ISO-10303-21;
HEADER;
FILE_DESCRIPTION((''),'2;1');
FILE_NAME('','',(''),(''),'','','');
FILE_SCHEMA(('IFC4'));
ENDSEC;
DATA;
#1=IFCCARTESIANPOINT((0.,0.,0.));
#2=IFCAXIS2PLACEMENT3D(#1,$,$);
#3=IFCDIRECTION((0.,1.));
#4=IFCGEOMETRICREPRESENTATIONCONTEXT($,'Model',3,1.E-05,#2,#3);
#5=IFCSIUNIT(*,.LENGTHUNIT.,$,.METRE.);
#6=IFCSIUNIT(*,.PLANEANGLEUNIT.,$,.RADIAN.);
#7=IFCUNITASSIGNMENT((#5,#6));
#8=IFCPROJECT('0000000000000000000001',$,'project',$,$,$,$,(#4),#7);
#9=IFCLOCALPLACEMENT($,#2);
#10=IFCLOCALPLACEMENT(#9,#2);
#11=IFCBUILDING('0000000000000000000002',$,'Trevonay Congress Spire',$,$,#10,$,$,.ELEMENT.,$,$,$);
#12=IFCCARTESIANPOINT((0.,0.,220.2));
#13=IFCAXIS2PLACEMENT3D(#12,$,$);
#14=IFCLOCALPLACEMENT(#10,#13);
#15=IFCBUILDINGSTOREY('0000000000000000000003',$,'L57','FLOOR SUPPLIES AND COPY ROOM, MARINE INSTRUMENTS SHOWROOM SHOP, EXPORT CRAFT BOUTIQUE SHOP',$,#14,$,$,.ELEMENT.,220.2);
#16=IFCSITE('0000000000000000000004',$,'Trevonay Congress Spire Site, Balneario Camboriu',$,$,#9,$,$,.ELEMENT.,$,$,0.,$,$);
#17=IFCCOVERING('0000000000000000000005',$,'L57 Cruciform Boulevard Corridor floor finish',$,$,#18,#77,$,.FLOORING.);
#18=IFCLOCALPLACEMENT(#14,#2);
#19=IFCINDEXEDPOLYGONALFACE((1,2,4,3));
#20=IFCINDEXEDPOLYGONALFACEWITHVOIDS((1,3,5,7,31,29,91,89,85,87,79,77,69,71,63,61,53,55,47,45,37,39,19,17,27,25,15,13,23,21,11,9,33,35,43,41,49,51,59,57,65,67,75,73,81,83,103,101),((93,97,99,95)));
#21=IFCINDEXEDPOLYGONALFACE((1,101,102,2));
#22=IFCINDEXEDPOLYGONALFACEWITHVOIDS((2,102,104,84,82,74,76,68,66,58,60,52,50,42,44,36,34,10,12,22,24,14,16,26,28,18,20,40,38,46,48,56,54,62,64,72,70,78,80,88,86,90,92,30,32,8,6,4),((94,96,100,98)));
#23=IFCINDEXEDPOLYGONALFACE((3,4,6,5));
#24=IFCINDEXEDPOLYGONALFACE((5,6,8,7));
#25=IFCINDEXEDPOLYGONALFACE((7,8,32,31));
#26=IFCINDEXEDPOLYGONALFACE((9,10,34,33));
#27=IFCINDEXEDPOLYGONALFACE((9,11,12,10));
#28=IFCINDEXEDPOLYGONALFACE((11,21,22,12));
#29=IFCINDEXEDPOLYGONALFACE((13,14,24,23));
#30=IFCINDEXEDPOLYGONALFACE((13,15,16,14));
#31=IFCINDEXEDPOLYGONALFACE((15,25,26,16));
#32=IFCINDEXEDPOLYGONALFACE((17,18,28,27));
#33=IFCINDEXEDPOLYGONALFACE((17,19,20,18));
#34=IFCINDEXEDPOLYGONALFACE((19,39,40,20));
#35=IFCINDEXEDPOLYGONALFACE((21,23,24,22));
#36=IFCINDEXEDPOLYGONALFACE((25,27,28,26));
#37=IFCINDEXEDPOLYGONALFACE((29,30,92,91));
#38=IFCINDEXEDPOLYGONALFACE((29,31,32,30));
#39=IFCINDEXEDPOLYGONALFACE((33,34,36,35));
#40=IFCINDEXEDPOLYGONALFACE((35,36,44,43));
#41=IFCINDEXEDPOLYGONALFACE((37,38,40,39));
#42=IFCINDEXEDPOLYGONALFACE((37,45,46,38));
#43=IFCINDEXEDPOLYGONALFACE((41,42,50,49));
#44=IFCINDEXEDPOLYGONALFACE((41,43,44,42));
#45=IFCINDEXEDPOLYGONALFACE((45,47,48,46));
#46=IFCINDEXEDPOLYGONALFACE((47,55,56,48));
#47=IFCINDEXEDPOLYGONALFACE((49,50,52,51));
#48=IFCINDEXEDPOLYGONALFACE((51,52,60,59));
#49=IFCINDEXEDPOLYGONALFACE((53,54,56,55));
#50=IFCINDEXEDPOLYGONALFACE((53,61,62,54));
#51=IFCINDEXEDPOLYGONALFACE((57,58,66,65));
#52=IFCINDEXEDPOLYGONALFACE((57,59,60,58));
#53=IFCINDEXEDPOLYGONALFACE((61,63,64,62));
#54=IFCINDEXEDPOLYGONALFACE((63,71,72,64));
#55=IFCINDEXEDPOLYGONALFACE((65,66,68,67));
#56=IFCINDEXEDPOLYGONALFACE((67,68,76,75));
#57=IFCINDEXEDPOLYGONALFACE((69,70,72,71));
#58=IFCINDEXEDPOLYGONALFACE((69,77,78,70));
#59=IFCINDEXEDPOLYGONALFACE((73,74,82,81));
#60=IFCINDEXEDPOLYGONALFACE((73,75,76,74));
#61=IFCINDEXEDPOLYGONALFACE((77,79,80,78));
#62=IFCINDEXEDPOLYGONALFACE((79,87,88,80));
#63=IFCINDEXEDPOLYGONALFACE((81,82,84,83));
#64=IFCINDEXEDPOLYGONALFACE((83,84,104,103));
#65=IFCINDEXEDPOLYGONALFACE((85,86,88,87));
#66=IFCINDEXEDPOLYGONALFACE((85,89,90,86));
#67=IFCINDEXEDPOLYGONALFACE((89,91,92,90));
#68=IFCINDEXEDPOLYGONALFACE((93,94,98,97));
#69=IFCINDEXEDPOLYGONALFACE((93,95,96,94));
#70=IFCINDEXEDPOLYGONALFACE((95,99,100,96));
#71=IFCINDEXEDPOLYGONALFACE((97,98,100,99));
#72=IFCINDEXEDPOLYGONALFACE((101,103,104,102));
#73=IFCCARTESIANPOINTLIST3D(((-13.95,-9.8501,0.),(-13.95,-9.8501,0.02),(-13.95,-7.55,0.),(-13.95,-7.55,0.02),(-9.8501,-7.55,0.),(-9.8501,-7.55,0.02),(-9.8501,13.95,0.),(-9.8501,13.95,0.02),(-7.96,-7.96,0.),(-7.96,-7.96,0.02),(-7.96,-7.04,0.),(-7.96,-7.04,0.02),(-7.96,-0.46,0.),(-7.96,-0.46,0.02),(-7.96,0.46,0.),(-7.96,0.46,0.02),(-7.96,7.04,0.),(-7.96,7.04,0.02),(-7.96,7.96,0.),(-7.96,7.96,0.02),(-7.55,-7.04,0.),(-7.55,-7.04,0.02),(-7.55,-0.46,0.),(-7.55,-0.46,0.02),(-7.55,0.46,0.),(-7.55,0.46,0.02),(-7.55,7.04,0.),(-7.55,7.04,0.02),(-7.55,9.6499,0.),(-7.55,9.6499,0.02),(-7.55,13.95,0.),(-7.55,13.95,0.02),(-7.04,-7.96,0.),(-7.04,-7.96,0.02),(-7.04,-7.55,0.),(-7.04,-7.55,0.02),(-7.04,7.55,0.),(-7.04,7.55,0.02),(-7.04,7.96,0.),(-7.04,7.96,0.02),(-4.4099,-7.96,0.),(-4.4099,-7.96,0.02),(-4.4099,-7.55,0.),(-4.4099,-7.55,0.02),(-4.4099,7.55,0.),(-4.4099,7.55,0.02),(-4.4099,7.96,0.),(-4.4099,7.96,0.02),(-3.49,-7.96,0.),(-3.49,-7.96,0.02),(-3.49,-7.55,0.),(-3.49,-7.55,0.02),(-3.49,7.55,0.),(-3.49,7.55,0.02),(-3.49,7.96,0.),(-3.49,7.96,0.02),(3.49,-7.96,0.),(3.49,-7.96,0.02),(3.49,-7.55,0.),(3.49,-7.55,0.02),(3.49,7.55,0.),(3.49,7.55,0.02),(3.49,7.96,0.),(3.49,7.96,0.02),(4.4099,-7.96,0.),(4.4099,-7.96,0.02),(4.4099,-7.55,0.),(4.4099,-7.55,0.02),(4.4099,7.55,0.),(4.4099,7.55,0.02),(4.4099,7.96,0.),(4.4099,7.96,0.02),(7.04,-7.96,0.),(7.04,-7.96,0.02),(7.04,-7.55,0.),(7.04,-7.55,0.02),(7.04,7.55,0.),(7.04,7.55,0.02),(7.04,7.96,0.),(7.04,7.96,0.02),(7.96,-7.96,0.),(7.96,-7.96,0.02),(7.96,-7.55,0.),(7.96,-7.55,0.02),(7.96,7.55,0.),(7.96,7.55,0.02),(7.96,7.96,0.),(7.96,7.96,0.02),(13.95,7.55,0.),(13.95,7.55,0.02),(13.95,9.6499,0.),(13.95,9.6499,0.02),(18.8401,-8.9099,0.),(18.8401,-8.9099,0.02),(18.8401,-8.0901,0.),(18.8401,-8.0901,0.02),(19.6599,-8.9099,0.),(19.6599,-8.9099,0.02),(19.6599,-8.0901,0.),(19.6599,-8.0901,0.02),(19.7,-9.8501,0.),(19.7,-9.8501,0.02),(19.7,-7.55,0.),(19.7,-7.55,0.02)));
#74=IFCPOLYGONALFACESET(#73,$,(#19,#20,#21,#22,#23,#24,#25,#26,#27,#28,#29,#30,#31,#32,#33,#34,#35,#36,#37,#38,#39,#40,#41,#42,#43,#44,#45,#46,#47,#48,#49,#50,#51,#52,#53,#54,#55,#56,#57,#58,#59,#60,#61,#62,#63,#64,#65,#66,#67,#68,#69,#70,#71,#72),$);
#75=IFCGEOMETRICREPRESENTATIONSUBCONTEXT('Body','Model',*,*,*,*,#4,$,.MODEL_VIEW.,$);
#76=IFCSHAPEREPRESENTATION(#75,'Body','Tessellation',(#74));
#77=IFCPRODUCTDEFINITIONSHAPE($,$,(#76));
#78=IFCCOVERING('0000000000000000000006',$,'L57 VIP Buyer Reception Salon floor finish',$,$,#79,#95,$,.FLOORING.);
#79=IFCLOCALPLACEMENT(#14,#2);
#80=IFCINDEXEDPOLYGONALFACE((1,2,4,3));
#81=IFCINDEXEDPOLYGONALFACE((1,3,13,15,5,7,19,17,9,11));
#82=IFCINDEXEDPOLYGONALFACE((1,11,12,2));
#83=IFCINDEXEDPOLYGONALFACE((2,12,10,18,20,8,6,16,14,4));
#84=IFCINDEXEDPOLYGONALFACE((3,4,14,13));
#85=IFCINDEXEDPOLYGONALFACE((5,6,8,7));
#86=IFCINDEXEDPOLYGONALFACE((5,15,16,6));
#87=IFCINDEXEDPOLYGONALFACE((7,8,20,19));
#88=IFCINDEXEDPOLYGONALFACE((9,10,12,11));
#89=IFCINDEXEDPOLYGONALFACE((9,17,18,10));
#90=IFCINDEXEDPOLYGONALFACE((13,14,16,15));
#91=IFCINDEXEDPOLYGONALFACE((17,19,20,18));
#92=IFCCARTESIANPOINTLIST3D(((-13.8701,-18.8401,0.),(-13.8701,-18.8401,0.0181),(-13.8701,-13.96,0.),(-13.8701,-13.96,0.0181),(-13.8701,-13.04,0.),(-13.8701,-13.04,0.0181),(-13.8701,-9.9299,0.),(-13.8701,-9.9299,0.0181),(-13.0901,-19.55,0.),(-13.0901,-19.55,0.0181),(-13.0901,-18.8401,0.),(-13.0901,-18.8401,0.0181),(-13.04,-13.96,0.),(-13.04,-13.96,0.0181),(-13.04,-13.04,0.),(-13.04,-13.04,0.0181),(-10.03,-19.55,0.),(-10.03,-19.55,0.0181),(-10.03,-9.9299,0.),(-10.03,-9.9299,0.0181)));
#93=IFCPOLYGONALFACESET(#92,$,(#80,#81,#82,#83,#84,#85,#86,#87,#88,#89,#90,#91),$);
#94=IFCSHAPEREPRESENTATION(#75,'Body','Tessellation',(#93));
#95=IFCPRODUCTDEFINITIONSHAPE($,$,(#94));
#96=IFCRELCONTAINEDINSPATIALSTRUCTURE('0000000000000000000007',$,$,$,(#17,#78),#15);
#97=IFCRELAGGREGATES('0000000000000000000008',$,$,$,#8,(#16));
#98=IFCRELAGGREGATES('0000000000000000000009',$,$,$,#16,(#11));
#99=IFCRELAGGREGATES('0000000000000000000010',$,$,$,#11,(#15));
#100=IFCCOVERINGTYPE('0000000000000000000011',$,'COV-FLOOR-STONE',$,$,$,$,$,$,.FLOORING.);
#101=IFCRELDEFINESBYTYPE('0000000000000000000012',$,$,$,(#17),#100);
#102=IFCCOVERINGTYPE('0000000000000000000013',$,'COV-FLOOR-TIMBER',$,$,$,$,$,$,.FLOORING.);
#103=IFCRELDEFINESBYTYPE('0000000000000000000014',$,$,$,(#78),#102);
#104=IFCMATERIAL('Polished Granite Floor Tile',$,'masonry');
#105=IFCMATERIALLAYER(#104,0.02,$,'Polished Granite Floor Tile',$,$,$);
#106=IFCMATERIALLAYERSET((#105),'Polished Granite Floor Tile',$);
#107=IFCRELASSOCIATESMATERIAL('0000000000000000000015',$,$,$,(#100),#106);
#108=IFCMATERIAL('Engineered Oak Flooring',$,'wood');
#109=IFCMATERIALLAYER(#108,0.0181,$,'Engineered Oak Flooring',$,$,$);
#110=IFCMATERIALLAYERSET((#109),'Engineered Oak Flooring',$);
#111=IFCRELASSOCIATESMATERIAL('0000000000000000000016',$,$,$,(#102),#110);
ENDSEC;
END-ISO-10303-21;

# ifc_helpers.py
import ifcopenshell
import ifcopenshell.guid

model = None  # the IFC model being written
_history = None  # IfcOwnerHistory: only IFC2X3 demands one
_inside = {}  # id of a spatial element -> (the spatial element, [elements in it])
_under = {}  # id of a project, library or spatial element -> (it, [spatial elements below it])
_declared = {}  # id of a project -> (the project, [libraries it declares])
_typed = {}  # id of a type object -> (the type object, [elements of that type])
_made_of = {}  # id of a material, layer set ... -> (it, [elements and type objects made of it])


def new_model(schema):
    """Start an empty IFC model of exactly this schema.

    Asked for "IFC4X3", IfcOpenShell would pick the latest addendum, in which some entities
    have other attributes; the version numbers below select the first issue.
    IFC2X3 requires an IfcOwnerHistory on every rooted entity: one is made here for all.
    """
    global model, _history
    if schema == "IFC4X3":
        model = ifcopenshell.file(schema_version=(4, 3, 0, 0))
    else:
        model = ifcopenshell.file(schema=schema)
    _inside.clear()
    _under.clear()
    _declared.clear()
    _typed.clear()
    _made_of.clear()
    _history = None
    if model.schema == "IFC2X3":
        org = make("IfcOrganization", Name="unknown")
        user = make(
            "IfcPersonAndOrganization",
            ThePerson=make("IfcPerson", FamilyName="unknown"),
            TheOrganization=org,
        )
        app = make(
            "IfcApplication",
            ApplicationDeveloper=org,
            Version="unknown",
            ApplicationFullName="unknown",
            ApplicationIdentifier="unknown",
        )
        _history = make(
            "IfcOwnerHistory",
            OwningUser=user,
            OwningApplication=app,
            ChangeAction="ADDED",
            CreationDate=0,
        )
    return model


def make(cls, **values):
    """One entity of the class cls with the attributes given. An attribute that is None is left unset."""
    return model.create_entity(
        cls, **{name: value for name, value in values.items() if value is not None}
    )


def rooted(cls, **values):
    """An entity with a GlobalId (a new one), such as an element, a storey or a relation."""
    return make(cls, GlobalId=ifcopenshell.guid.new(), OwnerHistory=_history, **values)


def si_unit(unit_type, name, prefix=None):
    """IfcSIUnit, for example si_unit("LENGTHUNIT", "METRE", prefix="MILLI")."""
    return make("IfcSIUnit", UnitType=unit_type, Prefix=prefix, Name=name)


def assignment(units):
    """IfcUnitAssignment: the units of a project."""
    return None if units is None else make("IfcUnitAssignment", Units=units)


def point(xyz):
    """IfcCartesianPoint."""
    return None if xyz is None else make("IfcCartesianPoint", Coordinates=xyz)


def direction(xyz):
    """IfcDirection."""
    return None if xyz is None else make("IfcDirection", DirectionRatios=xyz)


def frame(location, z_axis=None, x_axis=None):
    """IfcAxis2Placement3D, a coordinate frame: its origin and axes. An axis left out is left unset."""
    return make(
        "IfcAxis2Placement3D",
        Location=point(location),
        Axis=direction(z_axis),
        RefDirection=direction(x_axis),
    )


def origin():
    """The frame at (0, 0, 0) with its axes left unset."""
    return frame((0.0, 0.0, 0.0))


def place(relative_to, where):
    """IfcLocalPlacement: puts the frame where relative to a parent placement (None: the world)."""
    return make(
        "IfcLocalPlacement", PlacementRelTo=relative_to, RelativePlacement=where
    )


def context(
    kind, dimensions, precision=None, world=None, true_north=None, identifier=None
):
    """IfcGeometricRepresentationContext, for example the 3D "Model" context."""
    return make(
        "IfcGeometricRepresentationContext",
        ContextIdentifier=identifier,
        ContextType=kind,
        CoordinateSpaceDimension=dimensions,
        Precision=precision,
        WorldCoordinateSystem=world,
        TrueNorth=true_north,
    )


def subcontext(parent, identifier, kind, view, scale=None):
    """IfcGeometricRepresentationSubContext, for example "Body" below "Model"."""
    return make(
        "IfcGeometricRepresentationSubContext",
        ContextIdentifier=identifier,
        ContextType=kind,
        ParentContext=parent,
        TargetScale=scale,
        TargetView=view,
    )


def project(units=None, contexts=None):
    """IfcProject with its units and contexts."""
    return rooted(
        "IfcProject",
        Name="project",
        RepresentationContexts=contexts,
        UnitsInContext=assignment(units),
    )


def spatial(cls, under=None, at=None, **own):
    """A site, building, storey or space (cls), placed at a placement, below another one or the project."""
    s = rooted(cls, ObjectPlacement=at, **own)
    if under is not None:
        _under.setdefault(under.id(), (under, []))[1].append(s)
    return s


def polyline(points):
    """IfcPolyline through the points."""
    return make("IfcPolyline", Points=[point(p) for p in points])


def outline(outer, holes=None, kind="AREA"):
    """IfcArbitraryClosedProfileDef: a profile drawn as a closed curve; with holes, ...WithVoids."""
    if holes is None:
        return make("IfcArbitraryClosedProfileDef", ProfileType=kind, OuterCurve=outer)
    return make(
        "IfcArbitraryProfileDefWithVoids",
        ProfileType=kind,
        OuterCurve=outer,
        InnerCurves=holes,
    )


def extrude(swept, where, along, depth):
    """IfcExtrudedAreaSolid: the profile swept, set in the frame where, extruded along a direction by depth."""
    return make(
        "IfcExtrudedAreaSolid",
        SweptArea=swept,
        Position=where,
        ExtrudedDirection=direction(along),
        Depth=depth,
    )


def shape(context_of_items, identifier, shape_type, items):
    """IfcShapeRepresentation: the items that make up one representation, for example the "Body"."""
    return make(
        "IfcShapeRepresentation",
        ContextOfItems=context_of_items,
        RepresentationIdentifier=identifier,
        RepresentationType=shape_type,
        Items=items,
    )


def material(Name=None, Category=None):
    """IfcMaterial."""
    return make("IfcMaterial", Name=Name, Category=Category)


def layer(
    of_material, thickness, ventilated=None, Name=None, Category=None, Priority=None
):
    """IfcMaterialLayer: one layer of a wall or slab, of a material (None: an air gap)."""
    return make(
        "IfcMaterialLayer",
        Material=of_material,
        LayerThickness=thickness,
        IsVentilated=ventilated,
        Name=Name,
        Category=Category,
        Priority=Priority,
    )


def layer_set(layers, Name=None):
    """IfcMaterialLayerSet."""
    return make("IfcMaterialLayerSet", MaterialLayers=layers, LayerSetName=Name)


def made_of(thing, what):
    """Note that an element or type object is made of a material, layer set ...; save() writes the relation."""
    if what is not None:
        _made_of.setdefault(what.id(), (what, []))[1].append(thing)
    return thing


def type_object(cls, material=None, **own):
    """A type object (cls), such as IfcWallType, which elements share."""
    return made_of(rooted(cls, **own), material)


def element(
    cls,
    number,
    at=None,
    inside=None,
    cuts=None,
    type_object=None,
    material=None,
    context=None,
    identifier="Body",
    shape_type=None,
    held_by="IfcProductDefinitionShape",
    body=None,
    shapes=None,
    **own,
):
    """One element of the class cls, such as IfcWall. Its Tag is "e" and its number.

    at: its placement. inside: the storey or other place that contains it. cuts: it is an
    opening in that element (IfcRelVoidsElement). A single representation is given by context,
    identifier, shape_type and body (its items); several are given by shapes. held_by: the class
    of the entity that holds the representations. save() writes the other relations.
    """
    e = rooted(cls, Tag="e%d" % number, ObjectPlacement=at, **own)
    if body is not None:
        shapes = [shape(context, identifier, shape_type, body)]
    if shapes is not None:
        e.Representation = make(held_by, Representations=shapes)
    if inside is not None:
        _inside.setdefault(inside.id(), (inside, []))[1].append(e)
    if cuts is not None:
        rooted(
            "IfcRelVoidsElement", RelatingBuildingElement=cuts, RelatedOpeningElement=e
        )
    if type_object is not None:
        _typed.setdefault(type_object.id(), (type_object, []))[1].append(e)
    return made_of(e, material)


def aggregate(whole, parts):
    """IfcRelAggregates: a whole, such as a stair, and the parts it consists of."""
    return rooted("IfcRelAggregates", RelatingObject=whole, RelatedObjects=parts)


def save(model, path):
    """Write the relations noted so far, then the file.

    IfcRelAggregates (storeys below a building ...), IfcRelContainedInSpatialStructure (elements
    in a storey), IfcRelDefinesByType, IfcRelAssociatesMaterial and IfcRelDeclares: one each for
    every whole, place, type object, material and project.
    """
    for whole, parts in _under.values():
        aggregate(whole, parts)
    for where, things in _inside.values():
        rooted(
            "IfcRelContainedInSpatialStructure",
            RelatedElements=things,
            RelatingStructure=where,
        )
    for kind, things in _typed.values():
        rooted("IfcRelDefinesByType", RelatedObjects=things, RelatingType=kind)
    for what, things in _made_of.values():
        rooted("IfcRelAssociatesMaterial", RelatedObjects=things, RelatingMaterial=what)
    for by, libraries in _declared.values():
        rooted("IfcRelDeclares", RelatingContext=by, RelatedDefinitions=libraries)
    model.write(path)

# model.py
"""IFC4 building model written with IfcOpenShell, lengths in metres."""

from ifc_helpers import new_model, si_unit, direction, frame, origin, place, context, subcontext, project, spatial, polyline, outline, extrude, material, layer, layer_set, type_object, element, save


model = new_model("IFC4")

# Units and contexts
model_context = context("Model", 3, precision=1e-05, world=origin(), true_north=direction((0.0, 1.0)))
body_context = subcontext(model_context, "Body", "Model", "MODEL_VIEW")
ifc_project = project(units=[si_unit("LENGTHUNIT", "METRE"), si_unit("PLANEANGLEUNIT", "RADIAN")], contexts=[model_context])

# Site, building, storey
site_placement = place(None, origin())
site = spatial("IfcSite", under=ifc_project, at=site_placement, Name="Trevonay Congress Spire Site, Balneario Camboriu", CompositionType="ELEMENT", RefElevation=0.0)
building_placement = place(site_placement, origin())
building = spatial("IfcBuilding", under=site, at=building_placement, Name="Trevonay Congress Spire", CompositionType="ELEMENT")
storey_placement = place(building_placement, frame((0.0, 0.0, 220.2)))
storey = spatial("IfcBuildingStorey", under=building, at=storey_placement, Name="L57", Description="FLOOR SUPPLIES AND COPY ROOM, MARINE INSTRUMENTS SHOWROOM SHOP, EXPORT CRAFT BOUTIQUE SHOP", CompositionType="ELEMENT", Elevation=220.2)

# Coverings
ifc_material_1 = material(Name="Polished Granite Floor Tile", Category="masonry")
ifc_layer_1 = layer(ifc_material_1, 0.02, Name="Polished Granite Floor Tile")
ifc_layer_set_1 = layer_set([ifc_layer_1], Name="Polished Granite Floor Tile")
covering_type_1 = type_object("IfcCoveringType", Name="COV-FLOOR-STONE", PredefinedType="FLOORING", material=ifc_layer_set_1)
covering_1_placement = place(storey_placement, origin())
element("IfcCovering", 1, at=covering_1_placement, inside=storey, type_object=covering_type_1, Name="L57 Cruciform Boulevard Corridor floor finish", PredefinedType="FLOORING", context=body_context, shape_type="SweptSolid", body=[
    extrude(outline(polyline([(19.7, -7.55), (19.7, -9.8501), (-13.95, -9.8501), (-13.95, -7.55), (-9.8501, -7.55), (-9.8501, 13.95), (-7.55, 13.95), (-7.55, 9.6499), (13.95, 9.6499), (13.95, 7.55), (7.96, 7.55), (7.96, 7.96), (7.04, 7.96), (7.04, 7.55), (4.4099, 7.55), (4.4099, 7.96), (3.49, 7.96), (3.49, 7.55), (-3.49, 7.55), (-3.49, 7.96), (-4.4099, 7.96), (-4.4099, 7.55), (-7.04, 7.55), (-7.04, 7.96), (-7.96, 7.96), (-7.96, 7.04), (-7.55, 7.04), (-7.55, 0.46), (-7.96, 0.46), (-7.96, -0.46), (-7.55, -0.46), (-7.55, -7.04), (-7.96, -7.04), (-7.96, -7.96), (-7.04, -7.96), (-7.04, -7.55), (-4.4099, -7.55), (-4.4099, -7.96), (-3.49, -7.96), (-3.49, -7.55), (3.49, -7.55), (3.49, -7.96), (4.4099, -7.96), (4.4099, -7.55), (7.04, -7.55), (7.04, -7.96), (7.96, -7.96), (7.96, -7.55), (19.7, -7.55)]), holes=[polyline([(19.6599, -8.0901), (18.8401, -8.0901), (18.8401, -8.9099), (19.6599, -8.9099), (19.6599, -8.0901)])]), origin(), (0.0, 0.0, 1.0), 0.02),
])
ifc_material_2 = material(Name="Engineered Oak Flooring", Category="wood")
ifc_layer_2 = layer(ifc_material_2, 0.0181, Name="Engineered Oak Flooring")
ifc_layer_set_2 = layer_set([ifc_layer_2], Name="Engineered Oak Flooring")
covering_type_2 = type_object("IfcCoveringType", Name="COV-FLOOR-TIMBER", PredefinedType="FLOORING", material=ifc_layer_set_2)
covering_2_placement = place(storey_placement, origin())
element("IfcCovering", 2, at=covering_2_placement, inside=storey, type_object=covering_type_2, Name="L57 VIP Buyer Reception Salon floor finish", PredefinedType="FLOORING", context=body_context, shape_type="SweptSolid", body=[
    extrude(outline(polyline([(-13.8701, -9.9299), (-10.03, -9.9299), (-10.03, -19.55), (-13.0901, -19.55), (-13.0901, -18.8401), (-13.8701, -18.8401), (-13.8701, -13.96), (-13.04, -13.96), (-13.04, -13.04), (-13.8701, -13.04), (-13.8701, -9.9299)])), origin(), (0.0, 0.0, 1.0), 0.0181),
])

save(model, "model.ifc")
